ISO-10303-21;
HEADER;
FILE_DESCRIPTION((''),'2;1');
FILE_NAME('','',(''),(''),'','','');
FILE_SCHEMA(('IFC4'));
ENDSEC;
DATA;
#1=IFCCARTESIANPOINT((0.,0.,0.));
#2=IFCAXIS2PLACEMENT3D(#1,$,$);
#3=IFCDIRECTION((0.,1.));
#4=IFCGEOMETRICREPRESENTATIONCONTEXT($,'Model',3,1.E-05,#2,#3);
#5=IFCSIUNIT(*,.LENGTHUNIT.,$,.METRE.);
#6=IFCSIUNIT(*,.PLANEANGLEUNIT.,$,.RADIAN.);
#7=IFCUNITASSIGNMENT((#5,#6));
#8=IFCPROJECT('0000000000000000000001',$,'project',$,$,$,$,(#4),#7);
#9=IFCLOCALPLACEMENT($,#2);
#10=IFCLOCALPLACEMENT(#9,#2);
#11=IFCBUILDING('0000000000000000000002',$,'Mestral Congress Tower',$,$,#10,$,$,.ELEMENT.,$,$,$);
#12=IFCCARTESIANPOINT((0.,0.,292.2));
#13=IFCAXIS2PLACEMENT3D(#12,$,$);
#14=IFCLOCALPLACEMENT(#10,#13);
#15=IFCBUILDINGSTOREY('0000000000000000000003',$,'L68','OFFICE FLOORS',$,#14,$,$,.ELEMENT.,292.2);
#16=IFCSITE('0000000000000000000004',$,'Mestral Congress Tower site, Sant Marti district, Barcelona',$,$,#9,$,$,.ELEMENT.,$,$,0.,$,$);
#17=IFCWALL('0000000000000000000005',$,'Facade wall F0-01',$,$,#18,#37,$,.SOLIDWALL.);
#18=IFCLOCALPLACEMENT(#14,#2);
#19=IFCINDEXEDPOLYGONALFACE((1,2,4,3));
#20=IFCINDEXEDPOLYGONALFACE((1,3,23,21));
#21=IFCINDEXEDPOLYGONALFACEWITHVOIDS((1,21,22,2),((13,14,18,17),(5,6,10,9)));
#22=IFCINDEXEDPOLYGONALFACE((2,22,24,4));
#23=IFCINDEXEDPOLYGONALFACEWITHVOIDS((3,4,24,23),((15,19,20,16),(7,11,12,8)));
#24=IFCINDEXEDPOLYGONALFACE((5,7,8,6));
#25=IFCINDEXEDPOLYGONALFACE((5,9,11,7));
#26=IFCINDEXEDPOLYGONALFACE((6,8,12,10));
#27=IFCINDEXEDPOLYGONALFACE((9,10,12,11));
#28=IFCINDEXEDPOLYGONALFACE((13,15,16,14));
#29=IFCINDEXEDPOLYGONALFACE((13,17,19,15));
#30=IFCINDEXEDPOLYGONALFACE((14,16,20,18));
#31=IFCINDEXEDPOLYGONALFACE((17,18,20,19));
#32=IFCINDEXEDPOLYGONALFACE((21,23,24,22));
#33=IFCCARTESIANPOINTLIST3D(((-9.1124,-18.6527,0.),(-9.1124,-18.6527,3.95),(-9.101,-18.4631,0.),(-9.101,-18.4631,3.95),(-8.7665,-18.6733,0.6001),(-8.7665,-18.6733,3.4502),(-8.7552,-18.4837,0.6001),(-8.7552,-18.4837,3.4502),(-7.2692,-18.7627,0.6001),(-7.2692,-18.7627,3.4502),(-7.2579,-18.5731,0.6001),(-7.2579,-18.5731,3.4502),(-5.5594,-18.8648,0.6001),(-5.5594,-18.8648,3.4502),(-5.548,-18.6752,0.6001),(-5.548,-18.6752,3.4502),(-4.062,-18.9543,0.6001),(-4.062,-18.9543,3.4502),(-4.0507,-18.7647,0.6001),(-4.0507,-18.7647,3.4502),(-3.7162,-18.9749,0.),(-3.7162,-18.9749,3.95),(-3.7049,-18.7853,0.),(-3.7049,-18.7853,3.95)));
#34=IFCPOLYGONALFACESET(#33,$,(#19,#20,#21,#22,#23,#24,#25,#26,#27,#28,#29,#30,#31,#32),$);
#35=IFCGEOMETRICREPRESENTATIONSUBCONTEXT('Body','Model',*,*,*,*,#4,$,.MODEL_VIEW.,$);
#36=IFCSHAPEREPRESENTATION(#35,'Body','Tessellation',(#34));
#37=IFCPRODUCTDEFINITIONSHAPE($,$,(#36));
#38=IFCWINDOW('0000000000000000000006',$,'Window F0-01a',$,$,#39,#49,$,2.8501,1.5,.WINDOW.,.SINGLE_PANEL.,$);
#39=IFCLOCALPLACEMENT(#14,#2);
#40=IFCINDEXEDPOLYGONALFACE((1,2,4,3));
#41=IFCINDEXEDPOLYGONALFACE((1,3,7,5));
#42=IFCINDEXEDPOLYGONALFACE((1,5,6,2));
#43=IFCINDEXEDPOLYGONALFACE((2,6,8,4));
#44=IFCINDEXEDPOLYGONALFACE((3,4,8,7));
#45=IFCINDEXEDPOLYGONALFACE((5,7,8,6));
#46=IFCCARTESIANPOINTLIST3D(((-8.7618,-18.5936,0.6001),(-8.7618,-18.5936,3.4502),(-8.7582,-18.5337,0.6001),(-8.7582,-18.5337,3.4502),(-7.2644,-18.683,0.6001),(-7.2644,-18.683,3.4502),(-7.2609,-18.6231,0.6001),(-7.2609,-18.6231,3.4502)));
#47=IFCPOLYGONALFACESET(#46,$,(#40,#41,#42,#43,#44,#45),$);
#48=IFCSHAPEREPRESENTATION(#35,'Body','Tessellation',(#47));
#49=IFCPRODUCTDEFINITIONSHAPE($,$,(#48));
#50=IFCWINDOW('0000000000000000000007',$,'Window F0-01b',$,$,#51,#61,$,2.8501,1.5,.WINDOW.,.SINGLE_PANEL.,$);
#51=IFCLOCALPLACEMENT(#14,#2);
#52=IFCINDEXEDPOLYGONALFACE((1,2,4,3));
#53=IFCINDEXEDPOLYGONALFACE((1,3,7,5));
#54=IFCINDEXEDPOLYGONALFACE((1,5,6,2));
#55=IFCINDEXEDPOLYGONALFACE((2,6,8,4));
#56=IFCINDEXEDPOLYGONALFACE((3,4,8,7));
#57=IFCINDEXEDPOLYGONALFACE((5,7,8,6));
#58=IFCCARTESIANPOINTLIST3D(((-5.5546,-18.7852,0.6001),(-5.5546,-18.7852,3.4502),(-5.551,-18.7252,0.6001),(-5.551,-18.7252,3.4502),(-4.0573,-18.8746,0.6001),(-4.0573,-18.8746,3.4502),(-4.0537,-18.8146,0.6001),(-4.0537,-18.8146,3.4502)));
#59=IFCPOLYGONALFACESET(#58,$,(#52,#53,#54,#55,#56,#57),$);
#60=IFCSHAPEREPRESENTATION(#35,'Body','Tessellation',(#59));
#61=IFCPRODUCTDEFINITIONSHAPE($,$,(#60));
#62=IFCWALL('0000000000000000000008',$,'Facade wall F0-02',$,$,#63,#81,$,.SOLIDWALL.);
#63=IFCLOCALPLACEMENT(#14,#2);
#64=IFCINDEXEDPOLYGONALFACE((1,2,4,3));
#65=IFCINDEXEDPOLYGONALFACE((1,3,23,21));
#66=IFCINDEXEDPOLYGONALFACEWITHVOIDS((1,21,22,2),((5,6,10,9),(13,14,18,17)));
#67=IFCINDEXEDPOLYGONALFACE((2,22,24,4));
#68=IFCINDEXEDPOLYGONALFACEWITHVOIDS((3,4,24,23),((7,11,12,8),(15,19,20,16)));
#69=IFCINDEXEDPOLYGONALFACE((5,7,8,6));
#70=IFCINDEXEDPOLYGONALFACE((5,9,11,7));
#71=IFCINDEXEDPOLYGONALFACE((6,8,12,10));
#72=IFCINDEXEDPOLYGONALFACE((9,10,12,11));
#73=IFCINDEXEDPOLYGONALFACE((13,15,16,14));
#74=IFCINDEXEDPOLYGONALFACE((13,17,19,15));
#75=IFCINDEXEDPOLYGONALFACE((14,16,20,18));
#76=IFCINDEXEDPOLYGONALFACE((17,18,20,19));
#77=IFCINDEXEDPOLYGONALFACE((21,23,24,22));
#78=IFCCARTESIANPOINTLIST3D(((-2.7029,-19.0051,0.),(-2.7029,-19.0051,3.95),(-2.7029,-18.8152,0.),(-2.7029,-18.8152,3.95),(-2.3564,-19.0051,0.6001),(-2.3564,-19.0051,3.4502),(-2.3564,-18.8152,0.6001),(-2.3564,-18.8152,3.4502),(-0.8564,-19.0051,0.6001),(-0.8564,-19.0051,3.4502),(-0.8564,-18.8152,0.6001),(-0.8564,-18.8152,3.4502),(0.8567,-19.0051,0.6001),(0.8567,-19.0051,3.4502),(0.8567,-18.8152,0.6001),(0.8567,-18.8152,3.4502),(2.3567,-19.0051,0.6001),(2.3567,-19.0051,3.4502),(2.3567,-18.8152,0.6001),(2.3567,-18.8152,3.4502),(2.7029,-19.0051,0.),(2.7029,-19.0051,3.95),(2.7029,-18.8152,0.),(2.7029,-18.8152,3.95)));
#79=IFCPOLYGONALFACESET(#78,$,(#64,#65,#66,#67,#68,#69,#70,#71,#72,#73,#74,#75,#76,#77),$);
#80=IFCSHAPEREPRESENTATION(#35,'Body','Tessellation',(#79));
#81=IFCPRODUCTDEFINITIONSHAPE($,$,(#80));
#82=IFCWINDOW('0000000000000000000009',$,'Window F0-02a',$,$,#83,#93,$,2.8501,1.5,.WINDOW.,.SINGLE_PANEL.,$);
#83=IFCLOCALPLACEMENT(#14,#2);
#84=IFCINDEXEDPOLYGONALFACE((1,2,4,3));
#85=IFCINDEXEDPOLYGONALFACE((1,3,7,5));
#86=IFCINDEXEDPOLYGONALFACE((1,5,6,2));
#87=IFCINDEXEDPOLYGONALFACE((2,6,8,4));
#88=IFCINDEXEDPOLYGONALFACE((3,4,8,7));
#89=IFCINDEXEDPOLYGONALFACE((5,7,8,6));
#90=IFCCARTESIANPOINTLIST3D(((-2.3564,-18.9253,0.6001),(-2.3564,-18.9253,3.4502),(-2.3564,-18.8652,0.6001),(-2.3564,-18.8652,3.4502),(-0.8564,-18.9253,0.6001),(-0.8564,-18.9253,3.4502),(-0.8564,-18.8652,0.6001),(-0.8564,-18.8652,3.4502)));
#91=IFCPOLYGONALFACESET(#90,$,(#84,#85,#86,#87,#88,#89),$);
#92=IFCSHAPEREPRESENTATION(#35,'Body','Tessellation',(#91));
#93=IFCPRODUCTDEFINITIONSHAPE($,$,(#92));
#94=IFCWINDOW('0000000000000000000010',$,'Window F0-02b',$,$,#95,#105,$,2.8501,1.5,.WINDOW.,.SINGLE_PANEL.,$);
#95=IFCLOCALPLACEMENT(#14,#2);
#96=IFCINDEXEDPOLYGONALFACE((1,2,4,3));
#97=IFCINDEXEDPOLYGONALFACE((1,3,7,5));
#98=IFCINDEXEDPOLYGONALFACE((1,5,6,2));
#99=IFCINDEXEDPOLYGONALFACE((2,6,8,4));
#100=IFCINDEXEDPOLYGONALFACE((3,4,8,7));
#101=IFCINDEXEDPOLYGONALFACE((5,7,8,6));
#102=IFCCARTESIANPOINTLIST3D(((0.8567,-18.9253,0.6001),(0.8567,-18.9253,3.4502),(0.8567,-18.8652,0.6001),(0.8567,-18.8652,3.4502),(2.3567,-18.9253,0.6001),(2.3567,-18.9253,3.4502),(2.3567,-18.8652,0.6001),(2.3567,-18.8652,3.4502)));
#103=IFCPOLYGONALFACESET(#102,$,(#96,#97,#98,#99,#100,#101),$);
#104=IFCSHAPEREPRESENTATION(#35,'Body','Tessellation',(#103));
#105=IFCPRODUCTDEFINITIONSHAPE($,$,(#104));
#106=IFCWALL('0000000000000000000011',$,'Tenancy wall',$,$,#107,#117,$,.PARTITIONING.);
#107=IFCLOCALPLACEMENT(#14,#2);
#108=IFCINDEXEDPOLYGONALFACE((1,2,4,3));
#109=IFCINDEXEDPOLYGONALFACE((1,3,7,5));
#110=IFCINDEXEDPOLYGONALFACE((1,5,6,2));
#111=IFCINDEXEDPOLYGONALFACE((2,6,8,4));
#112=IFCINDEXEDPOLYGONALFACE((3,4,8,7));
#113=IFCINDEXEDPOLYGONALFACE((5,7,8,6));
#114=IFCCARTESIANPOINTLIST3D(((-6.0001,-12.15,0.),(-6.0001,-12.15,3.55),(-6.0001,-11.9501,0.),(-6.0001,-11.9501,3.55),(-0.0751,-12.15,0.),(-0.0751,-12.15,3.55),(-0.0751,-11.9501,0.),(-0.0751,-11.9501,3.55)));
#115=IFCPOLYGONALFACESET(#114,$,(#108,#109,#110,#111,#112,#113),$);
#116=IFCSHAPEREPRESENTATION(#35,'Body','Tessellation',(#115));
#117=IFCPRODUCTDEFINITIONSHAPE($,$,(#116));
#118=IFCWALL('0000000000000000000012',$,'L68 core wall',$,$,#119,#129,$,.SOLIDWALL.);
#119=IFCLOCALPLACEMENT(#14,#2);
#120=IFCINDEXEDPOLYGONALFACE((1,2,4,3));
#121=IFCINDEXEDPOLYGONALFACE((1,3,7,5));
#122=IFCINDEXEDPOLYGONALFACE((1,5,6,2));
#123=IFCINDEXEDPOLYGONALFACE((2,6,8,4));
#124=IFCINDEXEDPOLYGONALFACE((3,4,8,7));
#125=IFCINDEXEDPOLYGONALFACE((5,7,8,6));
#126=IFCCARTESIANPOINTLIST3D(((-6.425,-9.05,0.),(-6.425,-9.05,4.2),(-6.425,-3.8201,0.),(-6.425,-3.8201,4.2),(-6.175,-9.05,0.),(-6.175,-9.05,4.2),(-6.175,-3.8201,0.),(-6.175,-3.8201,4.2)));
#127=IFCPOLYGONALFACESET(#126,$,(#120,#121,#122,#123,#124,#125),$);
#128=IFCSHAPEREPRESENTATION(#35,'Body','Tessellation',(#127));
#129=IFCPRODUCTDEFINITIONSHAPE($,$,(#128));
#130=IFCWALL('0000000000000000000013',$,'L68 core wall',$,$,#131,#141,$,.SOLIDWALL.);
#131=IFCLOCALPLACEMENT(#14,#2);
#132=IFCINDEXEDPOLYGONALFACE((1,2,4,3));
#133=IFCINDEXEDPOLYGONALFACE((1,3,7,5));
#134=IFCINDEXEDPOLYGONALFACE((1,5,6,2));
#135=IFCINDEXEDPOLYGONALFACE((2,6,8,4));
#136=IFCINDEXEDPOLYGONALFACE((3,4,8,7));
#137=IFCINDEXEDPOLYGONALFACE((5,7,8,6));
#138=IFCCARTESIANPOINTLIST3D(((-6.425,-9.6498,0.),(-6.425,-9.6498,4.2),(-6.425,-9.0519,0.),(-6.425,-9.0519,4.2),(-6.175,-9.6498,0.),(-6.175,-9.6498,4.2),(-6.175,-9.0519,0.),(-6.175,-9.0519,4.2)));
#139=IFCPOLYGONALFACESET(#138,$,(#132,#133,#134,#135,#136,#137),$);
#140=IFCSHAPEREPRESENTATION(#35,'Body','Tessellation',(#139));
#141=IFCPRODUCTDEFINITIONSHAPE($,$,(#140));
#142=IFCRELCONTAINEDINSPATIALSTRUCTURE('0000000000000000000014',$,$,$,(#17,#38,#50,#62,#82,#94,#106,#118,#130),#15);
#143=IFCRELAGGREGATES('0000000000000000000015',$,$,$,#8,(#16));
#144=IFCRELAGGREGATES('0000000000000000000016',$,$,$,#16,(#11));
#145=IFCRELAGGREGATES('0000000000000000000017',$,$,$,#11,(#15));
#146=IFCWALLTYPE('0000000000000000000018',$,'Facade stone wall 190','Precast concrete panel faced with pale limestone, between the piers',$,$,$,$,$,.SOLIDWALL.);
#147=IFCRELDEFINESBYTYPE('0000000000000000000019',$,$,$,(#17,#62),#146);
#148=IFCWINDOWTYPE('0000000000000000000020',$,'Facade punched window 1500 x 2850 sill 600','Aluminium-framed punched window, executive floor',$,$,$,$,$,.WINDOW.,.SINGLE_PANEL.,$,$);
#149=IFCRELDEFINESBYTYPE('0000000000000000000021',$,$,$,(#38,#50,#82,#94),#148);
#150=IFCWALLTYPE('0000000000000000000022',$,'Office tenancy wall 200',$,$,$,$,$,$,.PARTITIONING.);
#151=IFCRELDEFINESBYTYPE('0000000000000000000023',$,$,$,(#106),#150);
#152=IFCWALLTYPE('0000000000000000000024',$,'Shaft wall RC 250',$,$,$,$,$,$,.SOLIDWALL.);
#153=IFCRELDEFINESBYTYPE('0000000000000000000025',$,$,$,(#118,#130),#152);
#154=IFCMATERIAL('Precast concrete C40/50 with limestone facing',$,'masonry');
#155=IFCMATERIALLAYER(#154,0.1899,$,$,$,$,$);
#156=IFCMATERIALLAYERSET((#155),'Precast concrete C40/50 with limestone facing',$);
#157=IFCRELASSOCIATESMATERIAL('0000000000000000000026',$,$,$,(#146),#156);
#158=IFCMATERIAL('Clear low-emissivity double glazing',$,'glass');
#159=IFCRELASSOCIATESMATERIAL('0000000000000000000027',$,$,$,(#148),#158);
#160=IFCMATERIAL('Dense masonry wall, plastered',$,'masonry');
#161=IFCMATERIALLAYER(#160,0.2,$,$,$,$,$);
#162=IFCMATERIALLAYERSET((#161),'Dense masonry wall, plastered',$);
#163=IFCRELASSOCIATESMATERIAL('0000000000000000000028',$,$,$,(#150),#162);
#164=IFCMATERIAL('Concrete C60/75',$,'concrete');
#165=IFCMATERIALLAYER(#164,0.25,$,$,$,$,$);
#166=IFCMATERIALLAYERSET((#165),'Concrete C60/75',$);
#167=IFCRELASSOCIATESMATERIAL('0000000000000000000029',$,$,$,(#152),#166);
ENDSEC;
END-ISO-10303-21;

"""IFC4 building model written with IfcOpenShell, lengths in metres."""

from ifc_helpers import new_model, si_unit, direction, frame, frame_2d, origin, place, context, subcontext, project, spatial, rectangle, extrude, material, layer, layer_set, type_object, element, fill, save


model = new_model("IFC4")

# Units and contexts
model_context = context("Model", 3, precision=1e-05, world=origin(), true_north=direction((0.0, 1.0)))
body_context = subcontext(model_context, "Body", "Model", "MODEL_VIEW")
ifc_project = project(units=[si_unit("LENGTHUNIT", "METRE"), si_unit("PLANEANGLEUNIT", "RADIAN")], contexts=[model_context])

# Site, building, storey
site_placement = place(None, origin())
site = spatial("IfcSite", under=ifc_project, at=site_placement, Name="Mestral Congress Tower site, Sant Marti district, Barcelona", CompositionType="ELEMENT", RefElevation=0.0)
building_placement = place(site_placement, origin())
building = spatial("IfcBuilding", under=site, at=building_placement, Name="Mestral Congress Tower", CompositionType="ELEMENT")
storey_placement = place(building_placement, frame((0.0, 0.0, 292.2)))
storey = spatial("IfcBuildingStorey", under=building, at=storey_placement, Name="L68", Description="OFFICE FLOORS", CompositionType="ELEMENT", Elevation=292.2)

# Shared definitions
ifc_material_1 = material(Name="Concrete C60/75", Category="concrete")

# Walls, openings, windows
ifc_material_2 = material(Name="Precast concrete C40/50 with limestone facing", Category="masonry")
ifc_layer_1 = layer(ifc_material_2, 0.1899)
ifc_layer_set_1 = layer_set([ifc_layer_1], Name="Precast concrete C40/50 with limestone facing")
wall_type_1 = type_object("IfcWallType", Name="Facade stone wall 190", Description="Precast concrete panel faced with pale limestone, between the piers", PredefinedType="SOLIDWALL", material=ifc_layer_set_1)
wall_1_placement = place(storey_placement, frame((-9.1067, -18.5579, 0.0), z_axis=(0.0, 0.0, 1.0), x_axis=(0.998221, -0.059614, 0.0)))
wall_1 = element("IfcWall", 1, at=wall_1_placement, inside=storey, type_object=wall_type_1, Name="Facade wall F0-01", PredefinedType="SOLIDWALL", context=body_context, shape_type="SweptSolid", body=[
    extrude(rectangle(XDim=5.4058, YDim=0.1899, at=frame_2d((2.7029, 0.0))), origin(), (0.0, 0.0, 1.0), 3.95),
])
opening_1_placement = place(wall_1_placement, frame((0.3464, 0.0, 0.6001)))
opening_1 = element("IfcOpeningElement", 2, at=opening_1_placement, cuts=wall_1, PredefinedType="OPENING", context=body_context, shape_type="SweptSolid", body=[
    extrude(rectangle(XDim=1.5, YDim=2.8501, at=frame_2d((0.75, 1.425))), frame((0.0, 0.105, 0.0), z_axis=(0.0, -1.0, 0.0), x_axis=(1.0, 0.0, 0.0)), (0.0, 0.0, 1.0), 0.21),
])
opening_2_placement = place(wall_1_placement, frame((3.5593, 0.0, 0.6001)))
opening_2 = element("IfcOpeningElement", 3, at=opening_2_placement, cuts=wall_1, PredefinedType="OPENING", context=body_context, shape_type="SweptSolid", body=[
    extrude(rectangle(XDim=1.5, YDim=2.8501, at=frame_2d((0.75, 1.425))), frame((0.0, 0.105, 0.0), z_axis=(0.0, -1.0, 0.0), x_axis=(1.0, 0.0, 0.0)), (0.0, 0.0, 1.0), 0.21),
])
ifc_material_3 = material(Name="Clear low-emissivity double glazing", Category="glass")
window_type = type_object("IfcWindowType", Name="Facade punched window 1500 x 2850 sill 600", Description="Aluminium-framed punched window, executive floor", PartitioningType="SINGLE_PANEL", PredefinedType="WINDOW", material=ifc_material_3)
window_1_placement = place(opening_1_placement, origin())
window_1 = element("IfcWindow", 4, at=window_1_placement, inside=storey, type_object=window_type, Name="Window F0-01a", OverallHeight=2.8501, OverallWidth=1.5, PartitioningType="SINGLE_PANEL", PredefinedType="WINDOW", context=body_context, shape_type="SweptSolid", body=[
    extrude(rectangle(XDim=1.5, YDim=2.8501, at=frame_2d((0.75, 1.425))), frame((0.0, 0.0449, 0.0), z_axis=(0.0, -1.0, 0.0), x_axis=(1.0, 0.0, 0.0)), (0.0, 0.0, 1.0), 0.0601),
])
fill(opening_1, window_1)
window_2_placement = place(opening_2_placement, origin())
window_2 = element("IfcWindow", 5, at=window_2_placement, inside=storey, type_object=window_type, Name="Window F0-01b", OverallHeight=2.8501, OverallWidth=1.5, PartitioningType="SINGLE_PANEL", PredefinedType="WINDOW", context=body_context, shape_type="SweptSolid", body=[
    extrude(rectangle(XDim=1.5, YDim=2.8501, at=frame_2d((0.75, 1.425))), frame((0.0, 0.0449, 0.0), z_axis=(0.0, -1.0, 0.0), x_axis=(1.0, 0.0, 0.0)), (0.0, 0.0, 1.0), 0.0601),
])
fill(opening_2, window_2)
wall_2_placement = place(storey_placement, frame((-2.7029, -18.9102, 0.0), z_axis=(0.0, 0.0, 1.0), x_axis=(1.0, 0.0, 0.0)))
wall_2 = element("IfcWall", 6, at=wall_2_placement, inside=storey, type_object=wall_type_1, Name="Facade wall F0-02", PredefinedType="SOLIDWALL", context=body_context, shape_type="SweptSolid", body=[
    extrude(rectangle(XDim=5.4058, YDim=0.1899, at=frame_2d((2.7029, 0.0))), origin(), (0.0, 0.0, 1.0), 3.95),
])
opening_3_placement = place(wall_2_placement, frame((0.3464, 0.0, 0.6001)))
opening_3 = element("IfcOpeningElement", 7, at=opening_3_placement, cuts=wall_2, PredefinedType="OPENING", context=body_context, shape_type="SweptSolid", body=[
    extrude(rectangle(XDim=1.5, YDim=2.8501, at=frame_2d((0.75, 1.425))), frame((0.0, 0.105, 0.0), z_axis=(0.0, -1.0, 0.0), x_axis=(1.0, 0.0, 0.0)), (0.0, 0.0, 1.0), 0.21),
])
opening_4_placement = place(wall_2_placement, frame((3.5596, 0.0, 0.6001)))
opening_4 = element("IfcOpeningElement", 8, at=opening_4_placement, cuts=wall_2, PredefinedType="OPENING", context=body_context, shape_type="SweptSolid", body=[
    extrude(rectangle(XDim=1.5, YDim=2.8501, at=frame_2d((0.75, 1.425))), frame((0.0, 0.105, 0.0), z_axis=(0.0, -1.0, 0.0), x_axis=(1.0, 0.0, 0.0)), (0.0, 0.0, 1.0), 0.21),
])
window_3_placement = place(opening_3_placement, origin())
window_3 = element("IfcWindow", 9, at=window_3_placement, inside=storey, type_object=window_type, Name="Window F0-02a", OverallHeight=2.8501, OverallWidth=1.5, PartitioningType="SINGLE_PANEL", PredefinedType="WINDOW", context=body_context, shape_type="SweptSolid", body=[
    extrude(rectangle(XDim=1.5, YDim=2.8501, at=frame_2d((0.75, 1.425))), frame((0.0, 0.0449, 0.0), z_axis=(0.0, -1.0, 0.0), x_axis=(1.0, 0.0, 0.0)), (0.0, 0.0, 1.0), 0.0601),
])
fill(opening_3, window_3)
window_4_placement = place(opening_4_placement, origin())
window_4 = element("IfcWindow", 10, at=window_4_placement, inside=storey, type_object=window_type, Name="Window F0-02b", OverallHeight=2.8501, OverallWidth=1.5, PartitioningType="SINGLE_PANEL", PredefinedType="WINDOW", context=body_context, shape_type="SweptSolid", body=[
    extrude(rectangle(XDim=1.5, YDim=2.8501, at=frame_2d((0.75, 1.425))), frame((0.0, 0.0449, 0.0), z_axis=(0.0, -1.0, 0.0), x_axis=(1.0, 0.0, 0.0)), (0.0, 0.0, 1.0), 0.0601),
])
fill(opening_4, window_4)

# Walls
ifc_material_4 = material(Name="Dense masonry wall, plastered", Category="masonry")
ifc_layer_2 = layer(ifc_material_4, 0.2)
ifc_layer_set_2 = layer_set([ifc_layer_2], Name="Dense masonry wall, plastered")
wall_type_2 = type_object("IfcWallType", Name="Office tenancy wall 200", PredefinedType="PARTITIONING", material=ifc_layer_set_2)
wall_3_placement = place(storey_placement, frame((-6.0, -12.05, 0.0), z_axis=(0.0, 0.0, 1.0), x_axis=(1.0, 0.0, 0.0)))
element("IfcWall", 11, at=wall_3_placement, inside=storey, type_object=wall_type_2, Name="Tenancy wall", PredefinedType="PARTITIONING", context=body_context, shape_type="SweptSolid", body=[
    extrude(rectangle(XDim=5.925, YDim=0.2, at=frame_2d((2.9624, 0.0))), origin(), (0.0, 0.0, 1.0), 3.55),
])
ifc_layer_3 = layer(ifc_material_1, 0.25)
ifc_layer_set_3 = layer_set([ifc_layer_3], Name="Concrete C60/75")
wall_type_3 = type_object("IfcWallType", Name="Shaft wall RC 250", PredefinedType="SOLIDWALL", material=ifc_layer_set_3)
wall_4_placement = place(storey_placement, frame((-6.3, -9.05, 0.0), z_axis=(0.0, 0.0, 1.0), x_axis=(0.0, 1.0, 0.0)))
element("IfcWall", 12, at=wall_4_placement, inside=storey, type_object=wall_type_3, Name="L68 core wall", PredefinedType="SOLIDWALL", context=body_context, shape_type="SweptSolid", body=[
    extrude(rectangle(XDim=5.23, YDim=0.25, at=frame_2d((2.615, 0.0))), origin(), (0.0, 0.0, 1.0), 4.2),
])
wall_5_placement = place(storey_placement, frame((-6.3, -9.052, 0.0), z_axis=(0.0, 0.0, 1.0), x_axis=(0.0, -1.0, 0.0)))
element("IfcWall", 13, at=wall_5_placement, inside=storey, type_object=wall_type_3, Name="L68 core wall", PredefinedType="SOLIDWALL", context=body_context, shape_type="SweptSolid", body=[
    extrude(rectangle(XDim=0.5979, YDim=0.25, at=frame_2d((0.2988, 0.0))), origin(), (0.0, 0.0, 1.0), 4.2),
])

save(model, "model.ifc")
